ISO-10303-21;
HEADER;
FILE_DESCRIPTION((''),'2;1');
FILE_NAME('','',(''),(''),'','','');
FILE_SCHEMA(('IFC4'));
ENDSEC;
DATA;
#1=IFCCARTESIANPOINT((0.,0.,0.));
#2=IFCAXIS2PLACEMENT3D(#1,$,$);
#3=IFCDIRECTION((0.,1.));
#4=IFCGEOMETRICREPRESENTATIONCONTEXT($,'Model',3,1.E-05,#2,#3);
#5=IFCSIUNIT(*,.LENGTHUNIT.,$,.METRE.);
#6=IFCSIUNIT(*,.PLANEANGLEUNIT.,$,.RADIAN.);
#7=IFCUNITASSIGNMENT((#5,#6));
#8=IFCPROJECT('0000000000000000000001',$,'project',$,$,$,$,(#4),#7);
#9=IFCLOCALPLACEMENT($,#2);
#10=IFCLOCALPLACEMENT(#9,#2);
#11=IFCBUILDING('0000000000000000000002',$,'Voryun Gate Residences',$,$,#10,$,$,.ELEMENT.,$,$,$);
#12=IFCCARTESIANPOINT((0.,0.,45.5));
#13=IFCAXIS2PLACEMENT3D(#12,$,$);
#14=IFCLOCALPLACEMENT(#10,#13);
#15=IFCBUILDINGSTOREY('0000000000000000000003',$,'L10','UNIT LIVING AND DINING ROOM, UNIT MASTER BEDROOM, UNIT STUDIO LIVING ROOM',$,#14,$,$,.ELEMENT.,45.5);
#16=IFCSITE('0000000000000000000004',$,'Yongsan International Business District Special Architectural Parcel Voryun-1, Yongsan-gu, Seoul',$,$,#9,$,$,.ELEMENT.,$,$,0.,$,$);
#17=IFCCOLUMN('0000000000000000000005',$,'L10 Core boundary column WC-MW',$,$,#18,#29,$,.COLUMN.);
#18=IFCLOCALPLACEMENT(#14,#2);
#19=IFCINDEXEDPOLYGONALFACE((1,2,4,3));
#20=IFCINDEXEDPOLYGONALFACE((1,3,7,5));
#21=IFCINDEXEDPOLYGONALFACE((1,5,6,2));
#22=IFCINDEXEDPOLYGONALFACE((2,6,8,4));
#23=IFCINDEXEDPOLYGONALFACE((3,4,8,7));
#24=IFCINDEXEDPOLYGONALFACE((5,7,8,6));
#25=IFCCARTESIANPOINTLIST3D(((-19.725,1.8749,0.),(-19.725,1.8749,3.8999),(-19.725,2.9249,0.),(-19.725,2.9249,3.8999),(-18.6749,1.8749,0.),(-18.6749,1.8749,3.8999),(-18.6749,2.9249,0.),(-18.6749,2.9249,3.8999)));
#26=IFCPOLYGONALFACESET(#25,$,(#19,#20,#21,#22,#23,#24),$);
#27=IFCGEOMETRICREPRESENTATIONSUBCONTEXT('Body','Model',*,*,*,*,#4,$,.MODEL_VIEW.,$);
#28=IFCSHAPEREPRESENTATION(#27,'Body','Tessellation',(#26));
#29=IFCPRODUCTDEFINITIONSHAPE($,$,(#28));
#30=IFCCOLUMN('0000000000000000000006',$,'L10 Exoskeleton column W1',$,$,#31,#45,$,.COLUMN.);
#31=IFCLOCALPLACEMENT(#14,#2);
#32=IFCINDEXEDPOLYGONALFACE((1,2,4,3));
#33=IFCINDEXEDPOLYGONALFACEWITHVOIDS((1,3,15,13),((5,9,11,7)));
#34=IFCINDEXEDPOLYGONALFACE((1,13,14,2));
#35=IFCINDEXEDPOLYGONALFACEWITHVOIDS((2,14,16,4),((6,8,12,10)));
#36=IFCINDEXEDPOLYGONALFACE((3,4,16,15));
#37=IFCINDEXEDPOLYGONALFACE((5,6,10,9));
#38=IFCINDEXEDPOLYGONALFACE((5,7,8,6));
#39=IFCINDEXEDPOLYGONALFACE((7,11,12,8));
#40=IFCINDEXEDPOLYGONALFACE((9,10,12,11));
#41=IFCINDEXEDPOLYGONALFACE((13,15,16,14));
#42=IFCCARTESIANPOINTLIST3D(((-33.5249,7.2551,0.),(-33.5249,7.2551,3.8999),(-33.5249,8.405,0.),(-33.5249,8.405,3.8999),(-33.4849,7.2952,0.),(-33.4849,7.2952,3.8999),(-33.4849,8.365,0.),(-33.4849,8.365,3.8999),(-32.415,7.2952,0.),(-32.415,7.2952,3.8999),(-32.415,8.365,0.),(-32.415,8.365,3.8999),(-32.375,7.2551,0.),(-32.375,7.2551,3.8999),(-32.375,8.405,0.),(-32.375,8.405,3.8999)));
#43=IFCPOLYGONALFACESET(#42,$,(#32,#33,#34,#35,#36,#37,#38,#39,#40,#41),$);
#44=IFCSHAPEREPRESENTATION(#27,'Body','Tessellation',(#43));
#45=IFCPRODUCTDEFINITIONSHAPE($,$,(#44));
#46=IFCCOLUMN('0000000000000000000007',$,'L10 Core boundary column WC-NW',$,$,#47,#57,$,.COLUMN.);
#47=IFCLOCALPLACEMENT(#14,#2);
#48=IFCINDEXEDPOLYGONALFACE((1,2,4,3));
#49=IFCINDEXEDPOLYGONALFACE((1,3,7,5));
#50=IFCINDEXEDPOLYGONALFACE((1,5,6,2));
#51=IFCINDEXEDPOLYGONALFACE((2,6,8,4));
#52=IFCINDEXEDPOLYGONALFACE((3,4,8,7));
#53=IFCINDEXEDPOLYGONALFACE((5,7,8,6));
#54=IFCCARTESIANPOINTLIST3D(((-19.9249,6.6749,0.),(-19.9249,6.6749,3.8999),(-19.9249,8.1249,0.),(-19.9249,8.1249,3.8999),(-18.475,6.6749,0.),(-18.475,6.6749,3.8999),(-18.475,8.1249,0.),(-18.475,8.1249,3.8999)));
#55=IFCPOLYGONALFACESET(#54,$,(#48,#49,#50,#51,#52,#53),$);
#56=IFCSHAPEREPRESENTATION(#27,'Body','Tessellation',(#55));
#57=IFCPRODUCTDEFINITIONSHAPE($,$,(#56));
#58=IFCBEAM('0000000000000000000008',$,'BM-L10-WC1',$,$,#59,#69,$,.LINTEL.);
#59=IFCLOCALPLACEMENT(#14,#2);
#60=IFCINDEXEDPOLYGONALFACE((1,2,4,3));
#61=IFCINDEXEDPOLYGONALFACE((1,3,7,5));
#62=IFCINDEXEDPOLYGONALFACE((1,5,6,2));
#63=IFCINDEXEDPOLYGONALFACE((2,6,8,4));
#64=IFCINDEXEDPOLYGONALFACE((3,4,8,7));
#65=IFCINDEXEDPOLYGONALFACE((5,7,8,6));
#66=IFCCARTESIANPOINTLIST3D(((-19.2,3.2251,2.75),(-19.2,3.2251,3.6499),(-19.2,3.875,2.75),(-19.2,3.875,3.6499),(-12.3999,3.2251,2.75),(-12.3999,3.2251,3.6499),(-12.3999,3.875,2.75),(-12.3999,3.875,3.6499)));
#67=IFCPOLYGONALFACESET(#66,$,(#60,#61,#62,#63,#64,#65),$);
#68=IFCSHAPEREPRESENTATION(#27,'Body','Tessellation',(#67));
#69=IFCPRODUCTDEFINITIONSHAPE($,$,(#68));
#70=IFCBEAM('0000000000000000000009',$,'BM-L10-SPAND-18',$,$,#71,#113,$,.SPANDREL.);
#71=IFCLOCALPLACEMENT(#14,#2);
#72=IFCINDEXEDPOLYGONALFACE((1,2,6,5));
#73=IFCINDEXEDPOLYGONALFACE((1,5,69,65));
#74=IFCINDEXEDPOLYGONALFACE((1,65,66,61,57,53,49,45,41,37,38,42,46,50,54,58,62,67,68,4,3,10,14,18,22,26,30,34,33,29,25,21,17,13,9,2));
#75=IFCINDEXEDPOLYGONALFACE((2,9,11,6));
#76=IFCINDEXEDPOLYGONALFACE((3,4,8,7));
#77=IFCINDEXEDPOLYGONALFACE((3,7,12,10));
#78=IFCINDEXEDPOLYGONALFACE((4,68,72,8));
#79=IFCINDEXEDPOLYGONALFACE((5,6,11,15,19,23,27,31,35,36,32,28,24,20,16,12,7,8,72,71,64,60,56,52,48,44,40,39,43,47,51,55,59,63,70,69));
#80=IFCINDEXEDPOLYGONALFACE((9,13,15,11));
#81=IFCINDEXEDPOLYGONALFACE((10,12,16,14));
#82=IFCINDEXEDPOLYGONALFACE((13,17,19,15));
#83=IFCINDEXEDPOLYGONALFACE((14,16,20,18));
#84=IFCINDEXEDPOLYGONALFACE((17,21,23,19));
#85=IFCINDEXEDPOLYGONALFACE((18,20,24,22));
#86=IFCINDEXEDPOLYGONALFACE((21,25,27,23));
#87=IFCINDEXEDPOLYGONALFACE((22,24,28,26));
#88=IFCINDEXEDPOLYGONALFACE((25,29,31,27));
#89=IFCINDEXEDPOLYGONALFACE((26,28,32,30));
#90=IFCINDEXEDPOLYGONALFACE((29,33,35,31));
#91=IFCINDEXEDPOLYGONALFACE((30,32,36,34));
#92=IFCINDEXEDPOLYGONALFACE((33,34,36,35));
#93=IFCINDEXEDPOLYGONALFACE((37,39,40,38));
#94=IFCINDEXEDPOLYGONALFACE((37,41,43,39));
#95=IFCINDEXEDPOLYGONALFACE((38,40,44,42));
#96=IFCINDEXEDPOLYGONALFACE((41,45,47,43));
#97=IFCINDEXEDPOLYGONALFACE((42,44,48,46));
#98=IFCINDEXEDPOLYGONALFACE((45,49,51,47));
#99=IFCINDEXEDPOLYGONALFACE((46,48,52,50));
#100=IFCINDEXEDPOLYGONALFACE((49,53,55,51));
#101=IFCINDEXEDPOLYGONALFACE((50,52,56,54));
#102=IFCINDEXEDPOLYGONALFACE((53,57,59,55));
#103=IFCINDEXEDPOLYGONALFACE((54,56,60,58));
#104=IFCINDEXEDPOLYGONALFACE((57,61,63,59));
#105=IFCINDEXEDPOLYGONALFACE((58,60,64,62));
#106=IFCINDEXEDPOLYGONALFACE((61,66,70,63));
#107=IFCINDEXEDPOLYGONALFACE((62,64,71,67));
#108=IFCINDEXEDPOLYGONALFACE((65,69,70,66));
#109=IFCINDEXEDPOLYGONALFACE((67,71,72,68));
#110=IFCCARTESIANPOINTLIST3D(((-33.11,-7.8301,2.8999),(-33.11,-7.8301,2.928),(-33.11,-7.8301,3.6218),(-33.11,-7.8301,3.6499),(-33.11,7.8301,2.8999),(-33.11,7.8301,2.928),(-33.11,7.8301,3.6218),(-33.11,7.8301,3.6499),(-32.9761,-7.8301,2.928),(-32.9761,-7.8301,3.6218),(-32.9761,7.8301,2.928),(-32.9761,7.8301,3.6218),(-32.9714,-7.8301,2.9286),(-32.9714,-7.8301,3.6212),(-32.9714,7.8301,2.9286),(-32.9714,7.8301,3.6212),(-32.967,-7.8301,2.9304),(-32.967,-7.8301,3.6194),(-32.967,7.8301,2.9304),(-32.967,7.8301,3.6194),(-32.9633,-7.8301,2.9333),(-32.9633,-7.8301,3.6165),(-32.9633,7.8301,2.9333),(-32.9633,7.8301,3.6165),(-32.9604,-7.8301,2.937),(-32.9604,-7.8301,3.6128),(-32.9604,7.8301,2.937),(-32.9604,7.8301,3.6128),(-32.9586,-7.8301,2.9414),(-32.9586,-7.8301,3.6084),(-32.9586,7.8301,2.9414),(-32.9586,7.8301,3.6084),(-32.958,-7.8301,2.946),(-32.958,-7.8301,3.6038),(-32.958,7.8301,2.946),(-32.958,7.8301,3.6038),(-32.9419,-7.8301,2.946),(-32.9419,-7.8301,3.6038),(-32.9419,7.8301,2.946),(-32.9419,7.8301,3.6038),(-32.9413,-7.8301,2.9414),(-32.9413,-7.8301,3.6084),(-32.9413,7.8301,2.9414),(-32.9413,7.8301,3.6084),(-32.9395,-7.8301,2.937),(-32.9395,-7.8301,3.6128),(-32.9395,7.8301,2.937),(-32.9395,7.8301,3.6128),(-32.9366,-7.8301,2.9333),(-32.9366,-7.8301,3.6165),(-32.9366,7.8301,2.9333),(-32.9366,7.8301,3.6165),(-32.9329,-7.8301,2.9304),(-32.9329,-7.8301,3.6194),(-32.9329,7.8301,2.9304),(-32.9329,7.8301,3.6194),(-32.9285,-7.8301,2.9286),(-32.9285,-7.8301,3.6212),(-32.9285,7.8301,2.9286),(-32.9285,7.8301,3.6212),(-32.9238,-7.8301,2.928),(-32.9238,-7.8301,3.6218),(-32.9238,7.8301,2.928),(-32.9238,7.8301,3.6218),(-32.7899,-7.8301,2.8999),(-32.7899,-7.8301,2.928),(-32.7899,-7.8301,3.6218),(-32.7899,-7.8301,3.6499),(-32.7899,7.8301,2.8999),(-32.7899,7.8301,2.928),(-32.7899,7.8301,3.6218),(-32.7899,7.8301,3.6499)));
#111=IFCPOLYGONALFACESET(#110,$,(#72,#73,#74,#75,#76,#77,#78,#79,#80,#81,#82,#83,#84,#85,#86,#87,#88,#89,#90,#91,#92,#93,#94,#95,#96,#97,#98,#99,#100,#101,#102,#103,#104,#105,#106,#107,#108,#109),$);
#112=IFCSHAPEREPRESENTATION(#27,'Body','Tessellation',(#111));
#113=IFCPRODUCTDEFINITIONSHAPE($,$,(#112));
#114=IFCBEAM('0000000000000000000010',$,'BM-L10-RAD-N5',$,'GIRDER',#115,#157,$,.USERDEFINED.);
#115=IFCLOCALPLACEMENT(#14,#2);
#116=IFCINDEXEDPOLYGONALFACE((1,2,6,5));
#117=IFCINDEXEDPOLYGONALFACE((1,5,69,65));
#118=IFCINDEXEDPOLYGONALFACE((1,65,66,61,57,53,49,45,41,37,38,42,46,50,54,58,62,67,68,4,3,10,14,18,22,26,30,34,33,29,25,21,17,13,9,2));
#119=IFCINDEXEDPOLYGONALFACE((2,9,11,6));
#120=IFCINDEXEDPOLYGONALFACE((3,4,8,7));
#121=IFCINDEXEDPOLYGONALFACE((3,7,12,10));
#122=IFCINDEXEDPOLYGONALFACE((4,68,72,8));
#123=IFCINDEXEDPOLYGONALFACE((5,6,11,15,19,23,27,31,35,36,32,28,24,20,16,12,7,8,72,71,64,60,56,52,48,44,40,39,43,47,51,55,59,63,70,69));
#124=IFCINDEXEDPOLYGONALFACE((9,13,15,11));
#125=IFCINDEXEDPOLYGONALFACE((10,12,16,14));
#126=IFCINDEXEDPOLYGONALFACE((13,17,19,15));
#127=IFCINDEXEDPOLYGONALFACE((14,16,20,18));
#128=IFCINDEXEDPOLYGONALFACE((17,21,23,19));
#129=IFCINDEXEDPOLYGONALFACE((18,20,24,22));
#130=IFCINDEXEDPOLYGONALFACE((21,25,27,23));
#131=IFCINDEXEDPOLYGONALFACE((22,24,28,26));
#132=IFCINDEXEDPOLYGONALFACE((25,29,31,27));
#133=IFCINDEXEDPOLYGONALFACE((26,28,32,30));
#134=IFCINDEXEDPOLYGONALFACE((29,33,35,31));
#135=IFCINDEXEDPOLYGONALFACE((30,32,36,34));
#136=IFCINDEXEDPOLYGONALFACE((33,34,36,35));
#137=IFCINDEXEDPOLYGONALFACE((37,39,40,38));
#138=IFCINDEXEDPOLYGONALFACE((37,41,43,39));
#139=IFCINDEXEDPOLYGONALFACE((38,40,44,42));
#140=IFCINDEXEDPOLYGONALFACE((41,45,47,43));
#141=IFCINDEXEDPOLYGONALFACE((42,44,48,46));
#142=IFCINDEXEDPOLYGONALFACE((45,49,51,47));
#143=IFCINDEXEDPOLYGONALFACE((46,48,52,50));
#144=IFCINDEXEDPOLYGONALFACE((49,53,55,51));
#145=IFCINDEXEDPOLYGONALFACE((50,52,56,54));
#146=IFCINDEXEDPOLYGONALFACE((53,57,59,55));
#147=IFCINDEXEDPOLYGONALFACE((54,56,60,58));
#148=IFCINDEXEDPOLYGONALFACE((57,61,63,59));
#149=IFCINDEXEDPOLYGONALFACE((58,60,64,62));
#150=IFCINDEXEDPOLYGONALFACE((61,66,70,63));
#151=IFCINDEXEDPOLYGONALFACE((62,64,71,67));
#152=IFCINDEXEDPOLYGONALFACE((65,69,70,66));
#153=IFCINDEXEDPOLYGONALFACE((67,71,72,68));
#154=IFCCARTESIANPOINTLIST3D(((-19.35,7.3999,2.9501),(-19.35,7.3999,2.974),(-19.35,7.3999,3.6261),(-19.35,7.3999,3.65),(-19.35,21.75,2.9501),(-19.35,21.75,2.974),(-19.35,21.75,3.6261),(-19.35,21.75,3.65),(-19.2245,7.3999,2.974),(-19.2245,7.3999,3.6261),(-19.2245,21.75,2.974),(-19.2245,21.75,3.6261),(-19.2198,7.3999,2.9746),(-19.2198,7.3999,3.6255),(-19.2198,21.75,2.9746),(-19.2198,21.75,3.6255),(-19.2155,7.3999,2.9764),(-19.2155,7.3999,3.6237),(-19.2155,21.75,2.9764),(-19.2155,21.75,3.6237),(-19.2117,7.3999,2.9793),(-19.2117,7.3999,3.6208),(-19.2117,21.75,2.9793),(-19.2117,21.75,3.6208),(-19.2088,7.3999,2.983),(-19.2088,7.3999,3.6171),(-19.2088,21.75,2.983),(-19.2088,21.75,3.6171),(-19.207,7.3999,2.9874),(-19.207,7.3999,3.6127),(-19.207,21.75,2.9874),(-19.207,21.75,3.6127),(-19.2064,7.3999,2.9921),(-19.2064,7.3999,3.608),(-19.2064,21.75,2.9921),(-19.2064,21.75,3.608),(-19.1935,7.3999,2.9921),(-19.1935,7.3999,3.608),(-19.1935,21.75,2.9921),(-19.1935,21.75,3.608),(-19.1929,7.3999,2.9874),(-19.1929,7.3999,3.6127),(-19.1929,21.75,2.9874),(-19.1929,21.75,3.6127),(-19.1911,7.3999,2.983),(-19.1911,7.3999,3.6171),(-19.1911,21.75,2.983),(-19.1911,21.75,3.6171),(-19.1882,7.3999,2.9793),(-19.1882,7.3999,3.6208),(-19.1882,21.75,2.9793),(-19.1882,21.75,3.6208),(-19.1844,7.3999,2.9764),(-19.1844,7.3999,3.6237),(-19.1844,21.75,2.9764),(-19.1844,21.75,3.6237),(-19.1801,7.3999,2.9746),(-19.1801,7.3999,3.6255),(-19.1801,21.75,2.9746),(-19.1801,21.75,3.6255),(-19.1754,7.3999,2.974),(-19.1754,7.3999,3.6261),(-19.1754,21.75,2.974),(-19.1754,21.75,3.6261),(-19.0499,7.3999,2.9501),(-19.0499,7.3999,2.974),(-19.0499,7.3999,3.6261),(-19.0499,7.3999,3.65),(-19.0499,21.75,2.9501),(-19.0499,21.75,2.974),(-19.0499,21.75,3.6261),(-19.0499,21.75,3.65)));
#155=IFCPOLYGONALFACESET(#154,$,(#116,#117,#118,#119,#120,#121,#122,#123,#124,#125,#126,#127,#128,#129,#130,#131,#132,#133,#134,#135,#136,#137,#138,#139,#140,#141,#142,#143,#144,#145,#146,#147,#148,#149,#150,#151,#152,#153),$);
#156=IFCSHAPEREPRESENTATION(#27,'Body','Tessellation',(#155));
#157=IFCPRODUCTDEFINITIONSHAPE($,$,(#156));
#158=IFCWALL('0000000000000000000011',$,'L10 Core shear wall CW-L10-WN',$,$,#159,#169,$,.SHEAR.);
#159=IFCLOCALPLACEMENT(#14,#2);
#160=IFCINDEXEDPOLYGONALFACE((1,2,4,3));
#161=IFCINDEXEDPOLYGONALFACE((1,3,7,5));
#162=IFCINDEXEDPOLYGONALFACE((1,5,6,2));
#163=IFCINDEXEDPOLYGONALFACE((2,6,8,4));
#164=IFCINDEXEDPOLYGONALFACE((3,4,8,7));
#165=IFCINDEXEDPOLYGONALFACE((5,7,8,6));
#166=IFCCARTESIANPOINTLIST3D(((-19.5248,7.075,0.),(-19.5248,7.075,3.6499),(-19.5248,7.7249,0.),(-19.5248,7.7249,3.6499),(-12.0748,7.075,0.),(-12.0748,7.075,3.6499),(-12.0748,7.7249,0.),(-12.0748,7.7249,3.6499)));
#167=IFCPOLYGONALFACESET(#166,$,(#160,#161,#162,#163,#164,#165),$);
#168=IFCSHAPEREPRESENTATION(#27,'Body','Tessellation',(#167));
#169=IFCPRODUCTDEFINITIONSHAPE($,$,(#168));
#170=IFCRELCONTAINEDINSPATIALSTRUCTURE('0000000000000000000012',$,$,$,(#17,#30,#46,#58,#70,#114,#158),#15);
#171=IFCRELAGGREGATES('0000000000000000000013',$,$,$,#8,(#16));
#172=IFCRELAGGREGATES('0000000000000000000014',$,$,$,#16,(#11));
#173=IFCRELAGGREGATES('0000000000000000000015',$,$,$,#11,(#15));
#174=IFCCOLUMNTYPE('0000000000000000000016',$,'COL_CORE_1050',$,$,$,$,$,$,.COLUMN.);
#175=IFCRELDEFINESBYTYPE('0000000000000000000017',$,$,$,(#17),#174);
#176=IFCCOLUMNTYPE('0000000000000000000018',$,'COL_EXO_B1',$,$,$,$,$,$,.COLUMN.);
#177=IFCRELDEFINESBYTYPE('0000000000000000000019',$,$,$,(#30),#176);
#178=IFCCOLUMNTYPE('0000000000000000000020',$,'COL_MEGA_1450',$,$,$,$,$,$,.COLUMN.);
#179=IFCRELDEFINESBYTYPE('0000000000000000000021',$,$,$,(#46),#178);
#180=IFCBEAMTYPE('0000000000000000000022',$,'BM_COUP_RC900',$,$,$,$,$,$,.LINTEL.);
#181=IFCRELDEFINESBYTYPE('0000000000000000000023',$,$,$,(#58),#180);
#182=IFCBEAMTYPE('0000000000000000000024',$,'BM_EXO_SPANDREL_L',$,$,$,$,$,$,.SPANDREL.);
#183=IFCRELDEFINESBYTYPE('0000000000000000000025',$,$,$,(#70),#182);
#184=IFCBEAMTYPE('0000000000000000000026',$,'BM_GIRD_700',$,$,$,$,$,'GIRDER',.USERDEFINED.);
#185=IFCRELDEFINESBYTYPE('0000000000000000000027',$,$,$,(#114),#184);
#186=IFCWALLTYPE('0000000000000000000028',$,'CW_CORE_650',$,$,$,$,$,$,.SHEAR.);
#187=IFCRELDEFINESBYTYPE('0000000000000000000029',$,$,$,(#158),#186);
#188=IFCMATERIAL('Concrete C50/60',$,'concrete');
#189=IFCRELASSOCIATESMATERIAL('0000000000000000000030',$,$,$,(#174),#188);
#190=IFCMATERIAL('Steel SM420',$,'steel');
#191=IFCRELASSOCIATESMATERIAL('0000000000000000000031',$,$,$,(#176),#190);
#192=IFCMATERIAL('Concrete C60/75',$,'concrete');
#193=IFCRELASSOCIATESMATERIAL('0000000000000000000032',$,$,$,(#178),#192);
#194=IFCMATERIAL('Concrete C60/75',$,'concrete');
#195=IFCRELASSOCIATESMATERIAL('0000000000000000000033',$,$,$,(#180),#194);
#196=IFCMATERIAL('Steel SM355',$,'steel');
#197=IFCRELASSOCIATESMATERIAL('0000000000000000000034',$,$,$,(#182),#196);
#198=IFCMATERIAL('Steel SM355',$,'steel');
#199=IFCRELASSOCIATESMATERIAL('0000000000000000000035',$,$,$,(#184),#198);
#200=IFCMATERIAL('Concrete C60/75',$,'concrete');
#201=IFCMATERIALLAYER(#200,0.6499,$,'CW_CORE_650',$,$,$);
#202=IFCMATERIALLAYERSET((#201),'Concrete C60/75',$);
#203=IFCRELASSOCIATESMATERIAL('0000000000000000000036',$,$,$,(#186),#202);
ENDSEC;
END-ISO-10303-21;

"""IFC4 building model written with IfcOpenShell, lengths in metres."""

from ifc_helpers import new_model, si_unit, direction, frame, frame_2d, origin, origin_2d, place, context, subcontext, project, spatial, rectangle, hollow_rectangle, i_section, extrude, material, layer, layer_set, material_profile, profile_set, type_object, element, save


model = new_model("IFC4")

# Units and contexts
model_context = context("Model", 3, precision=1e-05, world=origin(), true_north=direction((0.0, 1.0)))
body_context = subcontext(model_context, "Body", "Model", "MODEL_VIEW")
ifc_project = project(units=[si_unit("LENGTHUNIT", "METRE"), si_unit("PLANEANGLEUNIT", "RADIAN")], contexts=[model_context])

# Site, building, storey
site_placement = place(None, origin())
site = spatial("IfcSite", under=ifc_project, at=site_placement, Name="Yongsan International Business District Special Architectural Parcel Voryun-1, Yongsan-gu, Seoul", CompositionType="ELEMENT", RefElevation=0.0)
building_placement = place(site_placement, origin())
building = spatial("IfcBuilding", under=site, at=building_placement, Name="Voryun Gate Residences", CompositionType="ELEMENT")
storey_placement = place(building_placement, frame((0.0, 0.0, 45.5)))
storey = spatial("IfcBuildingStorey", under=building, at=storey_placement, Name="L10", Description="UNIT LIVING AND DINING ROOM, UNIT MASTER BEDROOM, UNIT STUDIO LIVING ROOM", CompositionType="ELEMENT", Elevation=45.5)

# Columns
ifc_material_1 = material(Name="Concrete C50/60", Category="concrete")
ifc_material_profile_1 = material_profile(ifc_material_1, rectangle(XDim=1.05, YDim=1.05, at=origin_2d()), Name="RC-1050x1050")
ifc_profile_set_1 = profile_set([ifc_material_profile_1], Name="Concrete C50/60")
column_type_1 = type_object("IfcColumnType", Name="COL_CORE_1050", PredefinedType="COLUMN", material=ifc_profile_set_1)
column_1_placement = place(storey_placement, frame((-19.2, 2.3999, 0.0), z_axis=(0.0, 0.0, 1.0), x_axis=(1.0, 0.0, 0.0)))
element("IfcColumn", 1, at=column_1_placement, inside=storey, type_object=column_type_1, Name="L10 Core boundary column WC-MW", PredefinedType="COLUMN", context=body_context, shape_type="SweptSolid", body=[
    extrude(rectangle(XDim=1.05, YDim=1.05, at=origin_2d()), origin(), (0.0, 0.0, 1.0), 3.8999),
])
ifc_material_2 = material(Name="Steel SM420", Category="steel")
ifc_material_profile_2 = material_profile(ifc_material_2, hollow_rectangle(XDim=1.1499, YDim=1.1499, WallThickness=0.04, at=origin_2d()), Name="BOX-1150x1150x40")
ifc_profile_set_2 = profile_set([ifc_material_profile_2], Name="Steel SM420")
column_type_2 = type_object("IfcColumnType", Name="COL_EXO_B1", PredefinedType="COLUMN", material=ifc_profile_set_2)
column_2_placement = place(storey_placement, frame((-32.95, 7.8301, 0.0), z_axis=(0.0, 0.0, 1.0), x_axis=(1.0, 0.0, 0.0)))
element("IfcColumn", 2, at=column_2_placement, inside=storey, type_object=column_type_2, Name="L10 Exoskeleton column W1", PredefinedType="COLUMN", context=body_context, shape_type="SweptSolid", body=[
    extrude(hollow_rectangle(XDim=1.1499, YDim=1.1499, WallThickness=0.04, at=origin_2d()), origin(), (0.0, 0.0, 1.0), 3.8999),
])
ifc_material_3 = material(Name="Concrete C60/75", Category="concrete")
ifc_material_profile_3 = material_profile(ifc_material_3, rectangle(XDim=1.45, YDim=1.45, at=origin_2d()), Name="RC-1450x1450")
ifc_profile_set_3 = profile_set([ifc_material_profile_3], Name="Concrete C60/75")
column_type_3 = type_object("IfcColumnType", Name="COL_MEGA_1450", PredefinedType="COLUMN", material=ifc_profile_set_3)
column_3_placement = place(storey_placement, frame((-19.2, 7.3999, 0.0), z_axis=(0.0, 0.0, 1.0), x_axis=(1.0, 0.0, 0.0)))
element("IfcColumn", 3, at=column_3_placement, inside=storey, type_object=column_type_3, Name="L10 Core boundary column WC-NW", PredefinedType="COLUMN", context=body_context, shape_type="SweptSolid", body=[
    extrude(rectangle(XDim=1.45, YDim=1.45, at=origin_2d()), origin(), (0.0, 0.0, 1.0), 3.8999),
])

# Beams
ifc_material_4 = material(Name="Concrete C60/75", Category="concrete")
ifc_material_profile_4 = material_profile(ifc_material_4, rectangle(XDim=0.6499, YDim=0.8999, at=origin_2d()), Name="RC-650x900")
ifc_profile_set_4 = profile_set([ifc_material_profile_4], Name="Concrete C60/75")
beam_type_1 = type_object("IfcBeamType", Name="BM_COUP_RC900", PredefinedType="LINTEL", material=ifc_profile_set_4)
beam_1_placement = place(storey_placement, frame((-19.2, 3.55, 3.2), z_axis=(1.0, 0.0, 0.0), x_axis=(0.0, 1.0, 0.0)))
element("IfcBeam", 4, at=beam_1_placement, inside=storey, type_object=beam_type_1, Name="BM-L10-WC1", PredefinedType="LINTEL", context=body_context, shape_type="SweptSolid", body=[
    extrude(rectangle(XDim=0.6499, YDim=0.8999, at=origin_2d()), origin(), (0.0, 0.0, 1.0), 6.8),
])
ifc_material_5 = material(Name="Steel SM355", Category="steel")
ifc_material_profile_5 = material_profile(ifc_material_5, i_section(OverallWidth=0.3201, OverallDepth=0.75, WebThickness=0.0161, FlangeThickness=0.0281, FilletRadius=0.0181, at=origin_2d()), Name="H-750x320x16x28")
ifc_profile_set_5 = profile_set([ifc_material_profile_5], Name="Steel SM355")
beam_type_2 = type_object("IfcBeamType", Name="BM_EXO_SPANDREL_L", PredefinedType="SPANDREL", material=ifc_profile_set_5)
beam_2_placement = place(storey_placement, frame((-32.95, 7.8301, 3.2749), z_axis=(0.0, -1.0, 0.0), x_axis=(1.0, 0.0, 0.0)))
element("IfcBeam", 5, at=beam_2_placement, inside=storey, type_object=beam_type_2, Name="BM-L10-SPAND-18", PredefinedType="SPANDREL", context=body_context, shape_type="SweptSolid", body=[
    extrude(i_section(OverallWidth=0.3201, OverallDepth=0.75, WebThickness=0.0161, FlangeThickness=0.0281, FilletRadius=0.0181, at=origin_2d()), origin(), (0.0, 0.0, 1.0), 15.6602),
])
ifc_material_6 = material(Name="Steel SM355", Category="steel")
ifc_material_profile_6 = material_profile(ifc_material_6, i_section(OverallWidth=0.3, OverallDepth=0.7, WebThickness=0.0129, FlangeThickness=0.0239, FilletRadius=0.0181, at=origin_2d()), Name="H-700x300x13x24")
ifc_profile_set_6 = profile_set([ifc_material_profile_6], Name="Steel SM355")
beam_type_3 = type_object("IfcBeamType", Name="BM_GIRD_700", ElementType="GIRDER", PredefinedType="USERDEFINED", material=ifc_profile_set_6)
beam_3_placement = place(storey_placement, frame((-19.2, 7.3999, 3.3), z_axis=(0.0, 1.0, 0.0), x_axis=(-1.0, 0.0, 0.0)))
element("IfcBeam", 6, at=beam_3_placement, inside=storey, type_object=beam_type_3, Name="BM-L10-RAD-N5", ObjectType="GIRDER", PredefinedType="USERDEFINED", context=body_context, shape_type="SweptSolid", body=[
    extrude(i_section(OverallWidth=0.3, OverallDepth=0.7, WebThickness=0.0129, FlangeThickness=0.0239, FilletRadius=0.0181, at=origin_2d()), origin(), (0.0, 0.0, 1.0), 14.3501),
])

# Wall
ifc_material_7 = material(Name="Concrete C60/75", Category="concrete")
ifc_layer_1 = layer(ifc_material_7, 0.6499, Name="CW_CORE_650")
ifc_layer_set_1 = layer_set([ifc_layer_1], Name="Concrete C60/75")
wall_type_1 = type_object("IfcWallType", Name="CW_CORE_650", PredefinedType="SHEAR", material=ifc_layer_set_1)
wall_1_placement = place(storey_placement, frame((-19.5249, 7.3999, 0.0), z_axis=(0.0, 0.0, 1.0), x_axis=(1.0, 0.0, 0.0)))
element("IfcWall", 7, at=wall_1_placement, inside=storey, type_object=wall_type_1, Name="L10 Core shear wall CW-L10-WN", PredefinedType="SHEAR", context=body_context, shape_type="SweptSolid", body=[
    extrude(rectangle(XDim=7.45, YDim=0.6499, at=frame_2d((3.7251, 0.0))), origin(), (0.0, 0.0, 1.0), 3.6499),
])

save(model, "model.ifc")
